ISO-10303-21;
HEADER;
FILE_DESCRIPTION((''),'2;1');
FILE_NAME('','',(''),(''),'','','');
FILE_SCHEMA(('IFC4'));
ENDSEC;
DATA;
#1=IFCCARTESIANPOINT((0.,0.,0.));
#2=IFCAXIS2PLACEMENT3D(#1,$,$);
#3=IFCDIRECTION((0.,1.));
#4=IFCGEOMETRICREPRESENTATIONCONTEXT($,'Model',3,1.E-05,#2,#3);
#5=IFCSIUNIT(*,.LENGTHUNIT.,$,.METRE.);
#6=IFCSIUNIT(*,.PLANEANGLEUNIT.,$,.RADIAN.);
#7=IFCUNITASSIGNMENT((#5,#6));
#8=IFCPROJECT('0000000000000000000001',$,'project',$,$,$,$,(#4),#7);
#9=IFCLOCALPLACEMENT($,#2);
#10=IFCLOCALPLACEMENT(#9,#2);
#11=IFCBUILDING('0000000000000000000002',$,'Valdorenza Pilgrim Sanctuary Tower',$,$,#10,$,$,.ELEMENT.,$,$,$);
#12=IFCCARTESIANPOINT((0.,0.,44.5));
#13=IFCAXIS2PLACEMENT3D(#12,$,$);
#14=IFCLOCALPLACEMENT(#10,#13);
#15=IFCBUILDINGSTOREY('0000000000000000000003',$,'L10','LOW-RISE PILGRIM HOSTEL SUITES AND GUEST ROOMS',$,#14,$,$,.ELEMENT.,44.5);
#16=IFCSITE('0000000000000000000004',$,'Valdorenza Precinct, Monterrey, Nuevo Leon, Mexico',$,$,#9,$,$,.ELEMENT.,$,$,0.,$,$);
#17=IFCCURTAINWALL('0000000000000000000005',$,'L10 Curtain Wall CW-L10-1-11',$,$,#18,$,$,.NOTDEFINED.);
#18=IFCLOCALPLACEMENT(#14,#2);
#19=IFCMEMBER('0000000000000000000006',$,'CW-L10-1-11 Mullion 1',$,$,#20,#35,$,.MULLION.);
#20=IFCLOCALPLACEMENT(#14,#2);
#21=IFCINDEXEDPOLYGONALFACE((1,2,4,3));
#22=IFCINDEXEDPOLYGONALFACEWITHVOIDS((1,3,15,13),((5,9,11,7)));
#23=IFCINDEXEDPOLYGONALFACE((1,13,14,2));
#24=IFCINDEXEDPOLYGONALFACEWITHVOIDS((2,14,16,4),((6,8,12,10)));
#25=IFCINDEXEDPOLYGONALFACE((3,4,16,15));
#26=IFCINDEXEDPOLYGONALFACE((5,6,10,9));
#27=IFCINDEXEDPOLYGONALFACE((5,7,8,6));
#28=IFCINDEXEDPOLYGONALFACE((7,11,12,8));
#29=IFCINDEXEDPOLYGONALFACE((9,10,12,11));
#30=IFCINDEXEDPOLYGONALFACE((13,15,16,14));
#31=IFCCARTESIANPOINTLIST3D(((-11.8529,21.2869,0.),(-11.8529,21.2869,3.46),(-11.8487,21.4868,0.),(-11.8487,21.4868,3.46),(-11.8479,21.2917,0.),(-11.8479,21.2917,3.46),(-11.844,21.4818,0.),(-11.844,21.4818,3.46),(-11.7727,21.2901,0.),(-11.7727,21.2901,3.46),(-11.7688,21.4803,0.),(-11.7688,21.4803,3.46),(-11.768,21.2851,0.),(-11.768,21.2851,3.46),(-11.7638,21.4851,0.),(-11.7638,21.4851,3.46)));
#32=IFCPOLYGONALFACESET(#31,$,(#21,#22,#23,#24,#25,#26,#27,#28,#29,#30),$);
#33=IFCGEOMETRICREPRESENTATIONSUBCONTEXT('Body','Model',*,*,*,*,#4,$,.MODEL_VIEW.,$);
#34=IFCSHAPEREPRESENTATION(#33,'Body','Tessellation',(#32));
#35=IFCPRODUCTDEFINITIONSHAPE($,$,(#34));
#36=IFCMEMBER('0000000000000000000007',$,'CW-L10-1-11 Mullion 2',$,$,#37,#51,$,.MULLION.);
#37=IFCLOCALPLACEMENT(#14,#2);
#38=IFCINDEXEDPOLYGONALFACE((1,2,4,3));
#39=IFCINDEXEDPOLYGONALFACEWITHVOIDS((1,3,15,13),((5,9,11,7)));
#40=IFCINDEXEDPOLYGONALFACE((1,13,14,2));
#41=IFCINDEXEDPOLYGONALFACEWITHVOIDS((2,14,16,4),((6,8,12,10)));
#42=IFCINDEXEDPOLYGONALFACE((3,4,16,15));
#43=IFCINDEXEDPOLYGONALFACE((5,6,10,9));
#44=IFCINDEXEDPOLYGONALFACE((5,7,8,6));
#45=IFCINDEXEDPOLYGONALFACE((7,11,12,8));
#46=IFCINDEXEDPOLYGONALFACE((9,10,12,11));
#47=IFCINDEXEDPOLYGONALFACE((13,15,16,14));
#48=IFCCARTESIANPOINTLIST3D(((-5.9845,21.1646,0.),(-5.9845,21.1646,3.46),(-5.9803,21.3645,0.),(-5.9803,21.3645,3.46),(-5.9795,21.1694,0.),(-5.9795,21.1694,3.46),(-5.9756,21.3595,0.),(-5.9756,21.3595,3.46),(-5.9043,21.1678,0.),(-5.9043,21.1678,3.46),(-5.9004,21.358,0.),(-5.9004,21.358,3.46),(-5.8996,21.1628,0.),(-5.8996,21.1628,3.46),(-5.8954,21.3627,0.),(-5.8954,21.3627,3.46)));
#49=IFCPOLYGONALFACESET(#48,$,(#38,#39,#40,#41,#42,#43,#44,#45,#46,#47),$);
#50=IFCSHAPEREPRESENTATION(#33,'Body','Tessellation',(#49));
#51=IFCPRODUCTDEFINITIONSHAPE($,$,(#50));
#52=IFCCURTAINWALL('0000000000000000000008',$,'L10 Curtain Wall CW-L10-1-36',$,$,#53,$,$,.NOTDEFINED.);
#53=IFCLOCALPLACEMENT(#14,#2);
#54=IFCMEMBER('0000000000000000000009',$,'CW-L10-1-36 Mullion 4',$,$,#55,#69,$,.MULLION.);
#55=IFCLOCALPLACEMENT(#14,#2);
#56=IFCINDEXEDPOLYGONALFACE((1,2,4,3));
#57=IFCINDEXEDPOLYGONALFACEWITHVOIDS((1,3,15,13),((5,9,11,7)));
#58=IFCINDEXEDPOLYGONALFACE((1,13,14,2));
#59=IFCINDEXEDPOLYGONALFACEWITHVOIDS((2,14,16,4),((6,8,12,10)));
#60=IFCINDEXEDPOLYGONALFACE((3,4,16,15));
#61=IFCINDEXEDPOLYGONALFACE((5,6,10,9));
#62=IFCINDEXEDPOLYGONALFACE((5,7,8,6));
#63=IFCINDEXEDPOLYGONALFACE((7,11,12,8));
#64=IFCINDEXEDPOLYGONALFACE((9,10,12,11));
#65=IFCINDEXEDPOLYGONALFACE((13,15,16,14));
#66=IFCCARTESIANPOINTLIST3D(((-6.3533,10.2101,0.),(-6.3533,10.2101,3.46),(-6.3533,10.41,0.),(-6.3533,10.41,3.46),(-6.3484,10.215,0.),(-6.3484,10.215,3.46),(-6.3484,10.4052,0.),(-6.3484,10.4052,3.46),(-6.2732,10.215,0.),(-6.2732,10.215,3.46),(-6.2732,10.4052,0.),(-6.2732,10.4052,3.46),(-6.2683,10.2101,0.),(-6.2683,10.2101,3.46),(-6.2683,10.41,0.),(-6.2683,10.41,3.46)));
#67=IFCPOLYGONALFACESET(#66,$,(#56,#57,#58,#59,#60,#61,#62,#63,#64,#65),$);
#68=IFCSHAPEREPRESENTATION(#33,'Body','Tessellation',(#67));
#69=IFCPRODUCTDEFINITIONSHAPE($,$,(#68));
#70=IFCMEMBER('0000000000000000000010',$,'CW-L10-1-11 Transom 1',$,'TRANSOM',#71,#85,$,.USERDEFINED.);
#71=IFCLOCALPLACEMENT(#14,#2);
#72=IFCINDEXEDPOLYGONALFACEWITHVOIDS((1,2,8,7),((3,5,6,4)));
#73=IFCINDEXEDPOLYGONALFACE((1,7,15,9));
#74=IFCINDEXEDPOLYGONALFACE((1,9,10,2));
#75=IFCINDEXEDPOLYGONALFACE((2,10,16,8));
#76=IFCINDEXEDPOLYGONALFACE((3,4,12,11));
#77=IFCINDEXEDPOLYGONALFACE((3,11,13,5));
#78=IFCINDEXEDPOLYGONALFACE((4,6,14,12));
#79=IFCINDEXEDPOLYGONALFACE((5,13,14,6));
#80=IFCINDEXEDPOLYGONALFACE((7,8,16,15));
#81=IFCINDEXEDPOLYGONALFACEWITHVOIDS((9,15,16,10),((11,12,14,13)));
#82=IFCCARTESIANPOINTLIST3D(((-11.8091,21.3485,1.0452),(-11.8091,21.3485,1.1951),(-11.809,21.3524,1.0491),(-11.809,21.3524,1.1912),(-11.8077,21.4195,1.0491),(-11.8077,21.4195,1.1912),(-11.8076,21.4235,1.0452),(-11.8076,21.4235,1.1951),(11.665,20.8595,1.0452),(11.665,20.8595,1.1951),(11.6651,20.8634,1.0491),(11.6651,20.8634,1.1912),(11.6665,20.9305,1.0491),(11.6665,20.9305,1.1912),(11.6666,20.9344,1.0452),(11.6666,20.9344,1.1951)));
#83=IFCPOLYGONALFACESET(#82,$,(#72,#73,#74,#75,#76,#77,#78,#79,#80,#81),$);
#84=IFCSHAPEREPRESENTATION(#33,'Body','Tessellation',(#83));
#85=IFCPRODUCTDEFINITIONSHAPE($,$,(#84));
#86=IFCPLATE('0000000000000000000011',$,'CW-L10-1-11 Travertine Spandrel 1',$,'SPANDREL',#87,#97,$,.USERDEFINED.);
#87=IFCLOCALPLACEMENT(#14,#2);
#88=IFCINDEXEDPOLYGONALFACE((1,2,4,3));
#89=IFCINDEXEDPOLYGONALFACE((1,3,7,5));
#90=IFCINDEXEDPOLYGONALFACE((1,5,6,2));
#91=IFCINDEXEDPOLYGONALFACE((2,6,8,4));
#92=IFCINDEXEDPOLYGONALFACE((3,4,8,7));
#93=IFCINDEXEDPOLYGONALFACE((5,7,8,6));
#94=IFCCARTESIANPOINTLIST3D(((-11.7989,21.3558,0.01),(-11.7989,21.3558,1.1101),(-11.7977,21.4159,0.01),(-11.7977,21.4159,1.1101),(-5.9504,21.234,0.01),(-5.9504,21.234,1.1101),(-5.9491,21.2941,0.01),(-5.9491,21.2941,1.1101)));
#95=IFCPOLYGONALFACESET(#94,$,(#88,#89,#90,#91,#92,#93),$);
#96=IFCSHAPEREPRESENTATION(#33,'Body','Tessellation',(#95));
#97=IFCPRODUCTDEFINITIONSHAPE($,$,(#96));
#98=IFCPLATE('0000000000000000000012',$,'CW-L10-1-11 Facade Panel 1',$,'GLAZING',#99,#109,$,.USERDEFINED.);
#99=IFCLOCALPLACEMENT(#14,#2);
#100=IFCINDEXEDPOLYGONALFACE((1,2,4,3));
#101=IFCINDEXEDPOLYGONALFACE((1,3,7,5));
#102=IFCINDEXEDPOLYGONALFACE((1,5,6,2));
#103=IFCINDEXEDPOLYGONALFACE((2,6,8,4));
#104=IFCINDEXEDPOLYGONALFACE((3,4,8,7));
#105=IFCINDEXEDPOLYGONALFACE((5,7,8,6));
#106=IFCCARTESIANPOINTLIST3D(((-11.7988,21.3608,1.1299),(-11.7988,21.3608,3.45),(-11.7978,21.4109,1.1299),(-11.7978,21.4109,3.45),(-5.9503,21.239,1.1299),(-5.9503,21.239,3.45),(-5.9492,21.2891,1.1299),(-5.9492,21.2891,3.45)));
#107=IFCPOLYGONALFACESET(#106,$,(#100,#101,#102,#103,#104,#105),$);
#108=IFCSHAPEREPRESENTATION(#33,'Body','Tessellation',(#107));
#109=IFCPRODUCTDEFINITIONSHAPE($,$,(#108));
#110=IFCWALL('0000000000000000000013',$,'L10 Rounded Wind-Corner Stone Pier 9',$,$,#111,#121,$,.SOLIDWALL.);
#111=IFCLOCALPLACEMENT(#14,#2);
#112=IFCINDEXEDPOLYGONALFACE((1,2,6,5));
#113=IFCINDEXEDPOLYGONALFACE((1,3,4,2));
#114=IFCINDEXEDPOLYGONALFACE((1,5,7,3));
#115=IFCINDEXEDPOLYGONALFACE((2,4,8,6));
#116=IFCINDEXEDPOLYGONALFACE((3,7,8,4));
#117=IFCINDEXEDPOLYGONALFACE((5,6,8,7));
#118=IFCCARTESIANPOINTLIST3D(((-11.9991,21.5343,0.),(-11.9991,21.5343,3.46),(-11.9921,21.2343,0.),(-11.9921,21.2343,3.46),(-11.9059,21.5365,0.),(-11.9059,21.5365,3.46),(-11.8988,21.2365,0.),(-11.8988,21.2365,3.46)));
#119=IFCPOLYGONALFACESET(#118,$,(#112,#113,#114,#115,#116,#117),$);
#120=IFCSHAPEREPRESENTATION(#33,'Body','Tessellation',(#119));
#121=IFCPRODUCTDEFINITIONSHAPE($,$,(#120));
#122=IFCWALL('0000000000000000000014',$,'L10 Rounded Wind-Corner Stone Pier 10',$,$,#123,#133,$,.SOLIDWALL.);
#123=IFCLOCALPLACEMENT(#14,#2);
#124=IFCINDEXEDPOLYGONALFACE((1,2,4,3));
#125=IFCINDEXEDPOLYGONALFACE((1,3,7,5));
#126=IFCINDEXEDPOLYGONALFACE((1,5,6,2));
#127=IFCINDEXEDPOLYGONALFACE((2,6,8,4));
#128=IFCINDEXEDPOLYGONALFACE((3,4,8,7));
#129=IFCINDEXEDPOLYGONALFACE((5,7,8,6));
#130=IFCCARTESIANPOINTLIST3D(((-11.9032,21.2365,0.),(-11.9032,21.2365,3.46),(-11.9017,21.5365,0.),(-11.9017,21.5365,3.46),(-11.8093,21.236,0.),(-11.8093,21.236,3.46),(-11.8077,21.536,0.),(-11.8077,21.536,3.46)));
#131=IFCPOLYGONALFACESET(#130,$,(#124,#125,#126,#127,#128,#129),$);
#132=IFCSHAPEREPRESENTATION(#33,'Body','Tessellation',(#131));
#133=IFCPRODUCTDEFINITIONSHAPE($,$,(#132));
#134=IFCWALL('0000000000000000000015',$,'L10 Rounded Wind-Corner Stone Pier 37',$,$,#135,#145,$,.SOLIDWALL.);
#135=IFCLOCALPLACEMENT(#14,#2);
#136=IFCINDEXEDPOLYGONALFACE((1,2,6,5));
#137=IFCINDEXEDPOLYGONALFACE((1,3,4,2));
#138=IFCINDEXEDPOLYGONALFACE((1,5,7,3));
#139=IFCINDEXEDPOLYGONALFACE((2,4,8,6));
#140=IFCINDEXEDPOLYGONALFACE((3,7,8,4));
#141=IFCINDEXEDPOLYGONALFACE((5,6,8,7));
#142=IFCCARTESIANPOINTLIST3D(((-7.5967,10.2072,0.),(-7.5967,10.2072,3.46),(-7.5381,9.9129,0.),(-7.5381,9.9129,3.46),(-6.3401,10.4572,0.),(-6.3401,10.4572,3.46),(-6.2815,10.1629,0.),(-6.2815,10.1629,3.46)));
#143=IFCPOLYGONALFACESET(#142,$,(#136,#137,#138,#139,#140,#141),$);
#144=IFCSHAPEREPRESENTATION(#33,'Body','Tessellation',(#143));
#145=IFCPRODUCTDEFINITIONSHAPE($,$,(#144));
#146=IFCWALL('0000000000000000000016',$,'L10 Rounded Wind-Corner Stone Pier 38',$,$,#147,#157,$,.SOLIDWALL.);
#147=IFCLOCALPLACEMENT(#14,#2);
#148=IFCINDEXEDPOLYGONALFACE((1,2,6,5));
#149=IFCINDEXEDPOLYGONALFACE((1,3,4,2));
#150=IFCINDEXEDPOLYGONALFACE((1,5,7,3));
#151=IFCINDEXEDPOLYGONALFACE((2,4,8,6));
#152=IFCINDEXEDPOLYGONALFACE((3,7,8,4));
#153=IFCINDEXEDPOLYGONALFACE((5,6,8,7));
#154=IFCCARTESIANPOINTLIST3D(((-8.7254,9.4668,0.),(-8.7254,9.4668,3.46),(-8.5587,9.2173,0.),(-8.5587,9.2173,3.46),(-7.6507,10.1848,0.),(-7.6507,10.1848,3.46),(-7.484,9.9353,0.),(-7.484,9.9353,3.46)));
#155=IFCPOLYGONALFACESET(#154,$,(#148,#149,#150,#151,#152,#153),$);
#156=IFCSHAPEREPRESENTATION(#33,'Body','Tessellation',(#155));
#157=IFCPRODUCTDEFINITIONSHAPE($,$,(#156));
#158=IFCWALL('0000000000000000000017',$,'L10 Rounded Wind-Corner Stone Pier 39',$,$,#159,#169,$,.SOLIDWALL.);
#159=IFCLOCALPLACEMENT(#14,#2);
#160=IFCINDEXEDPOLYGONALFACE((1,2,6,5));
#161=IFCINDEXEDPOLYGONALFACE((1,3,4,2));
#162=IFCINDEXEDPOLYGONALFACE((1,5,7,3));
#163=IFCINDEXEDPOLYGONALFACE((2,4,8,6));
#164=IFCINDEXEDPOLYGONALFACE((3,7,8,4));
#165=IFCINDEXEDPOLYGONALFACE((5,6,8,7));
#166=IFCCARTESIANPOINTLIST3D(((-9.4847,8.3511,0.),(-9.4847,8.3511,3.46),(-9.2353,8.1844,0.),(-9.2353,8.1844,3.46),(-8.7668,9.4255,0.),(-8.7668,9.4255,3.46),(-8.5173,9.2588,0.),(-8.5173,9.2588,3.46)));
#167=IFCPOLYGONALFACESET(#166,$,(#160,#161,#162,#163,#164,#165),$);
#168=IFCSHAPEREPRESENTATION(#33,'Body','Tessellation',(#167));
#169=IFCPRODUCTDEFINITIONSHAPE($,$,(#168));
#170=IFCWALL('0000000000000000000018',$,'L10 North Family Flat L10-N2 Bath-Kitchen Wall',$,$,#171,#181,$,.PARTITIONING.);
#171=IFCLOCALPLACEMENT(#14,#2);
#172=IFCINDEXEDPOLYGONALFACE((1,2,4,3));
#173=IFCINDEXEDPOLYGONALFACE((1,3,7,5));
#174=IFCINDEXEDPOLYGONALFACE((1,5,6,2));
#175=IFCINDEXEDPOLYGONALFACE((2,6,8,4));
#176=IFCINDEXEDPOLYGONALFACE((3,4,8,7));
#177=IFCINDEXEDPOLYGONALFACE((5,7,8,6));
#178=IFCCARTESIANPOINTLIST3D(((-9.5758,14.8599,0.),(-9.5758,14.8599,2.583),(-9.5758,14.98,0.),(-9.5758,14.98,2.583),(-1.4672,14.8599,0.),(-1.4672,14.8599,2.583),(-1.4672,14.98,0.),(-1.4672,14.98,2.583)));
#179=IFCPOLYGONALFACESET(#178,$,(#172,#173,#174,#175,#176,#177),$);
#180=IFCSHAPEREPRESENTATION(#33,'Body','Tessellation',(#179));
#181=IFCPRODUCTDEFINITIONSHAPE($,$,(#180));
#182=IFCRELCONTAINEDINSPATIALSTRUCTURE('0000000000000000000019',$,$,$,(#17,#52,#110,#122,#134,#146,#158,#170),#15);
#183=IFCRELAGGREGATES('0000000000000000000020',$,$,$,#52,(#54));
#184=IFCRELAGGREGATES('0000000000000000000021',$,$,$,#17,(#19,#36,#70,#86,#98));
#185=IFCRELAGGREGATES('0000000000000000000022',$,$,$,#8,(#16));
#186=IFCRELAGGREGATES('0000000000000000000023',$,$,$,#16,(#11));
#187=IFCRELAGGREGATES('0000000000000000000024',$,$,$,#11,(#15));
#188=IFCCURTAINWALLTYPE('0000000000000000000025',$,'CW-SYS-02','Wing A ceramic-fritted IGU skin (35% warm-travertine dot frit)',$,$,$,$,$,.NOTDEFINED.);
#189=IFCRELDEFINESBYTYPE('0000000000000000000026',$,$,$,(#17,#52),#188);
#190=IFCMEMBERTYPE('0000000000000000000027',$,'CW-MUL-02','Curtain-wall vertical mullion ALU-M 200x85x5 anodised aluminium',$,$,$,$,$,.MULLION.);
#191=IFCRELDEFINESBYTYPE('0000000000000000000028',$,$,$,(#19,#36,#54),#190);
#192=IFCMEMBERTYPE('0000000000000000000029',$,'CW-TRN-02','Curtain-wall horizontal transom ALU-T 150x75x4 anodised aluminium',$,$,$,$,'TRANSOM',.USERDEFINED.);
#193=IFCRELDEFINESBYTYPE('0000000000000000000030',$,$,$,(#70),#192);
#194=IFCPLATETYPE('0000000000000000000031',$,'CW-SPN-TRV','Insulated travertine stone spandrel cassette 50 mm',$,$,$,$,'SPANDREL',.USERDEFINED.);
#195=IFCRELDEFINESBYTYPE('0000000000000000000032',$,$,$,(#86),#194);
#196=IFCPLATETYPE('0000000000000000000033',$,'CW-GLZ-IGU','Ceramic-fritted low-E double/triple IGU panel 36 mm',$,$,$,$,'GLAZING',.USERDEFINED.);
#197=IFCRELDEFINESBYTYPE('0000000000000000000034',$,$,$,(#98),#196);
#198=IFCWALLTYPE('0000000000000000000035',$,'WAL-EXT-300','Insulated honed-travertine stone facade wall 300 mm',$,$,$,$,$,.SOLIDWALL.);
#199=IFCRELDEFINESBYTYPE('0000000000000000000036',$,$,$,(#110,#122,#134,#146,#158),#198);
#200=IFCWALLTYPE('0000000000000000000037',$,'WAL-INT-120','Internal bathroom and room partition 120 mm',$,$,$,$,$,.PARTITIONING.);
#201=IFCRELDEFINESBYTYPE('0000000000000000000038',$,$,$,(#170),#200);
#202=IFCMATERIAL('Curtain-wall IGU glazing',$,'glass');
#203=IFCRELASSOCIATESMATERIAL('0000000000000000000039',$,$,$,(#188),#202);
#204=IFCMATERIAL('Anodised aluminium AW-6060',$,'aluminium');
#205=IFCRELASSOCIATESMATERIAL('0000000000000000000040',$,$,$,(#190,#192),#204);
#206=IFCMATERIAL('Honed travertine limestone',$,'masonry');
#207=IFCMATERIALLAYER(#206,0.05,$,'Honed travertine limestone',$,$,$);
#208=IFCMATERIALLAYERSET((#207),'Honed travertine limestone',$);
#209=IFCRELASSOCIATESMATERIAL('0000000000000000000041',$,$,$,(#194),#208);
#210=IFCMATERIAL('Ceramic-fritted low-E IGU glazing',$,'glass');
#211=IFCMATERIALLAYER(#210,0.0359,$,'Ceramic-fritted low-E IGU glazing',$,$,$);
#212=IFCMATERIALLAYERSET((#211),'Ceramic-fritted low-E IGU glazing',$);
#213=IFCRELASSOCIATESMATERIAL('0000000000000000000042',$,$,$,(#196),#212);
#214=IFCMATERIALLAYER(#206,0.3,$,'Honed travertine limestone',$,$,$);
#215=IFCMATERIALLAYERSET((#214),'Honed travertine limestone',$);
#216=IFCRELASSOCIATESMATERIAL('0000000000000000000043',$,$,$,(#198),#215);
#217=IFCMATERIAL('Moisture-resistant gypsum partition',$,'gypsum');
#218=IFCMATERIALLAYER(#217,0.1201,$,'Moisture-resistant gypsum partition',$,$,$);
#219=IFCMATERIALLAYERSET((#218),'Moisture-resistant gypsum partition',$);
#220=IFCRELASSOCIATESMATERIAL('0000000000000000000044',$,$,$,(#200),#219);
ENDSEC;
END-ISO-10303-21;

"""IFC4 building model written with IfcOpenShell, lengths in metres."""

from ifc_helpers import new_model, si_unit, direction, frame, frame_2d, origin, origin_2d, place, context, subcontext, project, spatial, rectangle, hollow_rectangle, extrude, source, transform, mapped, material, layer, layer_set, material_profile, profile_set, type_object, element, aggregate, save


model = new_model("IFC4")

# Units and contexts
model_context = context("Model", 3, precision=1e-05, world=origin(), true_north=direction((0.0, 1.0)))
body_context = subcontext(model_context, "Body", "Model", "MODEL_VIEW")
ifc_project = project(units=[si_unit("LENGTHUNIT", "METRE"), si_unit("PLANEANGLEUNIT", "RADIAN")], contexts=[model_context])

# Site, building, storey
site_placement = place(None, origin())
site = spatial("IfcSite", under=ifc_project, at=site_placement, Name="Valdorenza Precinct, Monterrey, Nuevo Leon, Mexico", CompositionType="ELEMENT", RefElevation=0.0)
building_placement = place(site_placement, origin())
building = spatial("IfcBuilding", under=site, at=building_placement, Name="Valdorenza Pilgrim Sanctuary Tower", CompositionType="ELEMENT")
storey_placement = place(building_placement, frame((0.0, 0.0, 44.5)))
storey = spatial("IfcBuildingStorey", under=building, at=storey_placement, Name="L10", Description="LOW-RISE PILGRIM HOSTEL SUITES AND GUEST ROOMS", CompositionType="ELEMENT", Elevation=44.5)

# Curtain wall, members
ifc_material_1 = material(Name="Curtain-wall IGU glazing", Category="glass")
curtain_wall_type = type_object("IfcCurtainWallType", Name="CW-SYS-02", Description="Wing A ceramic-fritted IGU skin (35% warm-travertine dot frit)", PredefinedType="NOTDEFINED", material=ifc_material_1)
curtain_wall_1_placement = place(storey_placement, origin())
curtain_wall_1 = element("IfcCurtainWall", 1, at=curtain_wall_1_placement, inside=storey, type_object=curtain_wall_type, Name="L10 Curtain Wall CW-L10-1-11", PredefinedType="NOTDEFINED")
ifc_material_2 = material(Name="Anodised aluminium AW-6060", Category="aluminium")
ifc_material_profile_1 = material_profile(ifc_material_2, hollow_rectangle(XDim=0.085, YDim=0.2, WallThickness=0.0049, at=origin_2d()), Name="ALU-M 200x85x5")
ifc_profile_set_1 = profile_set([ifc_material_profile_1], Name="Anodised aluminium AW-6060")
member_type_1 = type_object("IfcMemberType", Name="CW-MUL-02", Description="Curtain-wall vertical mullion ALU-M 200x85x5 anodised aluminium", PredefinedType="MULLION", material=ifc_profile_set_1)
shared_shape_1 = source(origin(), body_context, "Body", "SweptSolid", [
    extrude(hollow_rectangle(XDim=0.085, YDim=0.2, WallThickness=0.0049, at=origin_2d()), origin(), (0.0, 0.0, 1.0), 3.46),
])
member_1_placement = place(storey_placement, frame((-11.8083, 21.386, 0.0), z_axis=(0.0, 0.0, 1.0), x_axis=(0.999783, -0.02082, 0.0)))
member_1 = element("IfcMember", 2, at=member_1_placement, type_object=member_type_1, Name="CW-L10-1-11 Mullion 1", PredefinedType="MULLION", context=body_context, shape_type="MappedRepresentation", body=[
    mapped(shared_shape_1, transform((0.0, 0.0, 0.0), x_axis=(1.0, 0.0, 0.0), y_axis=(0.0, 1.0, 0.0), z_axis=(0.0, 0.0, 1.0), scale=1.0)),
])
member_2_placement = place(storey_placement, frame((-5.9399, 21.2637, 0.0), z_axis=(0.0, 0.0, 1.0), x_axis=(0.999783, -0.02082, 0.0)))
member_2 = element("IfcMember", 3, at=member_2_placement, type_object=member_type_1, Name="CW-L10-1-11 Mullion 2", PredefinedType="MULLION", context=body_context, shape_type="MappedRepresentation", body=[
    mapped(shared_shape_1, transform((0.0, 0.0, 0.0), x_axis=(1.0, 0.0, 0.0), y_axis=(0.0, 1.0, 0.0), z_axis=(0.0, 0.0, 1.0), scale=1.0)),
])

# Curtain wall, member
curtain_wall_2_placement = place(storey_placement, origin())
curtain_wall_2 = element("IfcCurtainWall", 4, at=curtain_wall_2_placement, inside=storey, type_object=curtain_wall_type, Name="L10 Curtain Wall CW-L10-1-36", PredefinedType="NOTDEFINED")
member_3_placement = place(storey_placement, frame((-6.3108, 10.3101, 0.0), z_axis=(0.0, 0.0, 1.0), x_axis=(-1.0, 0.0, 0.0)))
member_3 = element("IfcMember", 5, at=member_3_placement, type_object=member_type_1, Name="CW-L10-1-36 Mullion 4", PredefinedType="MULLION", context=body_context, shape_type="MappedRepresentation", body=[
    mapped(shared_shape_1, transform((0.0, 0.0, 0.0), x_axis=(1.0, 0.0, 0.0), y_axis=(0.0, 1.0, 0.0), z_axis=(0.0, 0.0, 1.0), scale=1.0)),
])
aggregate(curtain_wall_2, [member_3])

# Member
ifc_material_profile_2 = material_profile(ifc_material_2, hollow_rectangle(XDim=0.075, YDim=0.1499, WallThickness=0.0039, at=origin_2d()), Name="ALU-T 150x75x4")
ifc_profile_set_2 = profile_set([ifc_material_profile_2], Name="Anodised aluminium AW-6060")
member_type_2 = type_object("IfcMemberType", Name="CW-TRN-02", Description="Curtain-wall horizontal transom ALU-T 150x75x4 anodised aluminium", ElementType="TRANSOM", PredefinedType="USERDEFINED", material=ifc_profile_set_2)
shared_shape_2 = source(origin(), body_context, "Body", "SweptSolid", [
    extrude(hollow_rectangle(XDim=0.075, YDim=0.1499, WallThickness=0.0039, at=origin_2d()), origin(), (0.0, 0.0, 1.0), 23.4792),
])
member_4_placement = place(storey_placement, frame((-11.8083, 21.386, 1.1201), z_axis=(0.999783, -0.020828, 0.0), x_axis=(0.020828, 0.999783, 0.0)))
member_4 = element("IfcMember", 6, at=member_4_placement, type_object=member_type_2, Name="CW-L10-1-11 Transom 1", ObjectType="TRANSOM", PredefinedType="USERDEFINED", context=body_context, shape_type="MappedRepresentation", body=[
    mapped(shared_shape_2, transform((0.0, 0.0, 0.0), x_axis=(1.0, 0.0, 0.0), y_axis=(0.0, 1.0, 0.0), z_axis=(0.0, 0.0, 1.0), scale=1.0)),
])

# Plates
ifc_material_3 = material(Name="Honed travertine limestone", Category="masonry")
ifc_layer_1 = layer(ifc_material_3, 0.05, Name="Honed travertine limestone")
ifc_layer_set_1 = layer_set([ifc_layer_1], Name="Honed travertine limestone")
plate_type_1 = type_object("IfcPlateType", Name="CW-SPN-TRV", Description="Insulated travertine stone spandrel cassette 50 mm", ElementType="SPANDREL", PredefinedType="USERDEFINED", material=ifc_layer_set_1)
shared_shape_3 = source(origin(), body_context, "Body", "SweptSolid", [
    extrude(rectangle(XDim=5.8499, YDim=0.0601, at=origin_2d()), origin(), (0.0, 0.0, 1.0), 1.1001),
])
plate_1_placement = place(storey_placement, frame((-8.874, 21.325, 0.01), z_axis=(0.0, 0.0, 1.0), x_axis=(0.999783, -0.02082, 0.0)))
plate_1 = element("IfcPlate", 7, at=plate_1_placement, type_object=plate_type_1, Name="CW-L10-1-11 Travertine Spandrel 1", ObjectType="SPANDREL", PredefinedType="USERDEFINED", context=body_context, shape_type="MappedRepresentation", body=[
    mapped(shared_shape_3, transform((0.0, 0.0, 0.0), x_axis=(1.0, 0.0, 0.0), y_axis=(0.0, 1.0, 0.0), z_axis=(0.0, 0.0, 1.0), scale=1.0)),
])
ifc_material_4 = material(Name="Ceramic-fritted low-E IGU glazing", Category="glass")
ifc_layer_2 = layer(ifc_material_4, 0.0359, Name="Ceramic-fritted low-E IGU glazing")
ifc_layer_set_2 = layer_set([ifc_layer_2], Name="Ceramic-fritted low-E IGU glazing")
plate_type_2 = type_object("IfcPlateType", Name="CW-GLZ-IGU", Description="Ceramic-fritted low-E double/triple IGU panel 36 mm", ElementType="GLAZING", PredefinedType="USERDEFINED", material=ifc_layer_set_2)
shared_shape_4 = source(origin(), body_context, "Body", "SweptSolid", [
    extrude(rectangle(XDim=5.8499, YDim=0.05, at=origin_2d()), origin(), (0.0, 0.0, 1.0), 2.3201),
])
plate_2_placement = place(storey_placement, frame((-8.874, 21.325, 1.1299), z_axis=(0.0, 0.0, 1.0), x_axis=(0.999783, -0.02082, 0.0)))
plate_2 = element("IfcPlate", 8, at=plate_2_placement, type_object=plate_type_2, Name="CW-L10-1-11 Facade Panel 1", ObjectType="GLAZING", PredefinedType="USERDEFINED", context=body_context, shape_type="MappedRepresentation", body=[
    mapped(shared_shape_4, transform((0.0, 0.0, 0.0), x_axis=(1.0, 0.0, 0.0), y_axis=(0.0, 1.0, 0.0), z_axis=(0.0, 0.0, 1.0), scale=1.0)),
])
aggregate(curtain_wall_1, [member_1, member_2, member_4, plate_1, plate_2])

# Walls
ifc_layer_3 = layer(ifc_material_3, 0.3, Name="Honed travertine limestone")
ifc_layer_set_3 = layer_set([ifc_layer_3], Name="Honed travertine limestone")
wall_type_1 = type_object("IfcWallType", Name="WAL-EXT-300", Description="Insulated honed-travertine stone facade wall 300 mm", PredefinedType="SOLIDWALL", material=ifc_layer_set_3)
wall_1_placement = place(storey_placement, frame((-11.9956, 21.3843, 0.0), z_axis=(0.0, 0.0, 1.0), x_axis=(0.999723, 0.023554, 0.0)))
element("IfcWall", 9, at=wall_1_placement, inside=storey, type_object=wall_type_1, Name="L10 Rounded Wind-Corner Stone Pier 9", PredefinedType="SOLIDWALL", context=body_context, shape_type="SweptSolid", body=[
    extrude(rectangle(XDim=0.0933, YDim=0.3, at=frame_2d((0.0466, 0.0))), origin(), (0.0, 0.0, 1.0), 3.46),
])
wall_2_placement = place(storey_placement, frame((-11.9023, 21.3865, 0.0), z_axis=(0.0, 0.0, 1.0), x_axis=(0.999987, -0.005195, 0.0)))
element("IfcWall", 10, at=wall_2_placement, inside=storey, type_object=wall_type_1, Name="L10 Rounded Wind-Corner Stone Pier 10", PredefinedType="SOLIDWALL", context=body_context, shape_type="SweptSolid", body=[
    extrude(rectangle(XDim=0.094, YDim=0.3, at=frame_2d((0.0469, 0.0))), origin(), (0.0, 0.0, 1.0), 3.46),
])
wall_3_placement = place(storey_placement, frame((-6.3108, 10.3101, 0.0), z_axis=(0.0, 0.0, 1.0), x_axis=(-0.980778, -0.195127, 0.0)))
element("IfcWall", 11, at=wall_3_placement, inside=storey, type_object=wall_type_1, Name="L10 Rounded Wind-Corner Stone Pier 37", PredefinedType="SOLIDWALL", context=body_context, shape_type="SweptSolid", body=[
    extrude(rectangle(XDim=1.2812, YDim=0.3, at=frame_2d((0.6406, 0.0))), origin(), (0.0, 0.0, 1.0), 3.46),
])
wall_4_placement = place(storey_placement, frame((-7.5674, 10.0601, 0.0), z_axis=(0.0, 0.0, 1.0), x_axis=(-0.831498, -0.555528, 0.0)))
element("IfcWall", 12, at=wall_4_placement, inside=storey, type_object=wall_type_1, Name="L10 Rounded Wind-Corner Stone Pier 38", PredefinedType="SOLIDWALL", context=body_context, shape_type="SweptSolid", body=[
    extrude(rectangle(XDim=1.2925, YDim=0.3, at=frame_2d((0.6462, 0.0))), origin(), (0.0, 0.0, 1.0), 3.46),
])
wall_5_placement = place(storey_placement, frame((-8.6421, 9.342, 0.0), z_axis=(0.0, 0.0, 1.0), x_axis=(-0.555615, -0.831439, 0.0)))
element("IfcWall", 13, at=wall_5_placement, inside=storey, type_object=wall_type_1, Name="L10 Rounded Wind-Corner Stone Pier 39", PredefinedType="SOLIDWALL", context=body_context, shape_type="SweptSolid", body=[
    extrude(rectangle(XDim=1.2922, YDim=0.3, at=frame_2d((0.646, 0.0))), origin(), (0.0, 0.0, 1.0), 3.46),
])
ifc_material_5 = material(Name="Moisture-resistant gypsum partition", Category="gypsum")
ifc_layer_4 = layer(ifc_material_5, 0.1201, Name="Moisture-resistant gypsum partition")
ifc_layer_set_4 = layer_set([ifc_layer_4], Name="Moisture-resistant gypsum partition")
wall_type_2 = type_object("IfcWallType", Name="WAL-INT-120", Description="Internal bathroom and room partition 120 mm", PredefinedType="PARTITIONING", material=ifc_layer_set_4)
wall_6_placement = place(storey_placement, frame((-9.5757, 14.9199, 0.0), z_axis=(0.0, 0.0, 1.0), x_axis=(1.0, 0.0, 0.0)))
element("IfcWall", 14, at=wall_6_placement, inside=storey, type_object=wall_type_2, Name="L10 North Family Flat L10-N2 Bath-Kitchen Wall", PredefinedType="PARTITIONING", context=body_context, shape_type="SweptSolid", body=[
    extrude(rectangle(XDim=8.1086, YDim=0.1201, at=frame_2d((4.0542, 0.0))), origin(), (0.0, 0.0, 1.0), 2.583),
])

save(model, "model.ifc")
